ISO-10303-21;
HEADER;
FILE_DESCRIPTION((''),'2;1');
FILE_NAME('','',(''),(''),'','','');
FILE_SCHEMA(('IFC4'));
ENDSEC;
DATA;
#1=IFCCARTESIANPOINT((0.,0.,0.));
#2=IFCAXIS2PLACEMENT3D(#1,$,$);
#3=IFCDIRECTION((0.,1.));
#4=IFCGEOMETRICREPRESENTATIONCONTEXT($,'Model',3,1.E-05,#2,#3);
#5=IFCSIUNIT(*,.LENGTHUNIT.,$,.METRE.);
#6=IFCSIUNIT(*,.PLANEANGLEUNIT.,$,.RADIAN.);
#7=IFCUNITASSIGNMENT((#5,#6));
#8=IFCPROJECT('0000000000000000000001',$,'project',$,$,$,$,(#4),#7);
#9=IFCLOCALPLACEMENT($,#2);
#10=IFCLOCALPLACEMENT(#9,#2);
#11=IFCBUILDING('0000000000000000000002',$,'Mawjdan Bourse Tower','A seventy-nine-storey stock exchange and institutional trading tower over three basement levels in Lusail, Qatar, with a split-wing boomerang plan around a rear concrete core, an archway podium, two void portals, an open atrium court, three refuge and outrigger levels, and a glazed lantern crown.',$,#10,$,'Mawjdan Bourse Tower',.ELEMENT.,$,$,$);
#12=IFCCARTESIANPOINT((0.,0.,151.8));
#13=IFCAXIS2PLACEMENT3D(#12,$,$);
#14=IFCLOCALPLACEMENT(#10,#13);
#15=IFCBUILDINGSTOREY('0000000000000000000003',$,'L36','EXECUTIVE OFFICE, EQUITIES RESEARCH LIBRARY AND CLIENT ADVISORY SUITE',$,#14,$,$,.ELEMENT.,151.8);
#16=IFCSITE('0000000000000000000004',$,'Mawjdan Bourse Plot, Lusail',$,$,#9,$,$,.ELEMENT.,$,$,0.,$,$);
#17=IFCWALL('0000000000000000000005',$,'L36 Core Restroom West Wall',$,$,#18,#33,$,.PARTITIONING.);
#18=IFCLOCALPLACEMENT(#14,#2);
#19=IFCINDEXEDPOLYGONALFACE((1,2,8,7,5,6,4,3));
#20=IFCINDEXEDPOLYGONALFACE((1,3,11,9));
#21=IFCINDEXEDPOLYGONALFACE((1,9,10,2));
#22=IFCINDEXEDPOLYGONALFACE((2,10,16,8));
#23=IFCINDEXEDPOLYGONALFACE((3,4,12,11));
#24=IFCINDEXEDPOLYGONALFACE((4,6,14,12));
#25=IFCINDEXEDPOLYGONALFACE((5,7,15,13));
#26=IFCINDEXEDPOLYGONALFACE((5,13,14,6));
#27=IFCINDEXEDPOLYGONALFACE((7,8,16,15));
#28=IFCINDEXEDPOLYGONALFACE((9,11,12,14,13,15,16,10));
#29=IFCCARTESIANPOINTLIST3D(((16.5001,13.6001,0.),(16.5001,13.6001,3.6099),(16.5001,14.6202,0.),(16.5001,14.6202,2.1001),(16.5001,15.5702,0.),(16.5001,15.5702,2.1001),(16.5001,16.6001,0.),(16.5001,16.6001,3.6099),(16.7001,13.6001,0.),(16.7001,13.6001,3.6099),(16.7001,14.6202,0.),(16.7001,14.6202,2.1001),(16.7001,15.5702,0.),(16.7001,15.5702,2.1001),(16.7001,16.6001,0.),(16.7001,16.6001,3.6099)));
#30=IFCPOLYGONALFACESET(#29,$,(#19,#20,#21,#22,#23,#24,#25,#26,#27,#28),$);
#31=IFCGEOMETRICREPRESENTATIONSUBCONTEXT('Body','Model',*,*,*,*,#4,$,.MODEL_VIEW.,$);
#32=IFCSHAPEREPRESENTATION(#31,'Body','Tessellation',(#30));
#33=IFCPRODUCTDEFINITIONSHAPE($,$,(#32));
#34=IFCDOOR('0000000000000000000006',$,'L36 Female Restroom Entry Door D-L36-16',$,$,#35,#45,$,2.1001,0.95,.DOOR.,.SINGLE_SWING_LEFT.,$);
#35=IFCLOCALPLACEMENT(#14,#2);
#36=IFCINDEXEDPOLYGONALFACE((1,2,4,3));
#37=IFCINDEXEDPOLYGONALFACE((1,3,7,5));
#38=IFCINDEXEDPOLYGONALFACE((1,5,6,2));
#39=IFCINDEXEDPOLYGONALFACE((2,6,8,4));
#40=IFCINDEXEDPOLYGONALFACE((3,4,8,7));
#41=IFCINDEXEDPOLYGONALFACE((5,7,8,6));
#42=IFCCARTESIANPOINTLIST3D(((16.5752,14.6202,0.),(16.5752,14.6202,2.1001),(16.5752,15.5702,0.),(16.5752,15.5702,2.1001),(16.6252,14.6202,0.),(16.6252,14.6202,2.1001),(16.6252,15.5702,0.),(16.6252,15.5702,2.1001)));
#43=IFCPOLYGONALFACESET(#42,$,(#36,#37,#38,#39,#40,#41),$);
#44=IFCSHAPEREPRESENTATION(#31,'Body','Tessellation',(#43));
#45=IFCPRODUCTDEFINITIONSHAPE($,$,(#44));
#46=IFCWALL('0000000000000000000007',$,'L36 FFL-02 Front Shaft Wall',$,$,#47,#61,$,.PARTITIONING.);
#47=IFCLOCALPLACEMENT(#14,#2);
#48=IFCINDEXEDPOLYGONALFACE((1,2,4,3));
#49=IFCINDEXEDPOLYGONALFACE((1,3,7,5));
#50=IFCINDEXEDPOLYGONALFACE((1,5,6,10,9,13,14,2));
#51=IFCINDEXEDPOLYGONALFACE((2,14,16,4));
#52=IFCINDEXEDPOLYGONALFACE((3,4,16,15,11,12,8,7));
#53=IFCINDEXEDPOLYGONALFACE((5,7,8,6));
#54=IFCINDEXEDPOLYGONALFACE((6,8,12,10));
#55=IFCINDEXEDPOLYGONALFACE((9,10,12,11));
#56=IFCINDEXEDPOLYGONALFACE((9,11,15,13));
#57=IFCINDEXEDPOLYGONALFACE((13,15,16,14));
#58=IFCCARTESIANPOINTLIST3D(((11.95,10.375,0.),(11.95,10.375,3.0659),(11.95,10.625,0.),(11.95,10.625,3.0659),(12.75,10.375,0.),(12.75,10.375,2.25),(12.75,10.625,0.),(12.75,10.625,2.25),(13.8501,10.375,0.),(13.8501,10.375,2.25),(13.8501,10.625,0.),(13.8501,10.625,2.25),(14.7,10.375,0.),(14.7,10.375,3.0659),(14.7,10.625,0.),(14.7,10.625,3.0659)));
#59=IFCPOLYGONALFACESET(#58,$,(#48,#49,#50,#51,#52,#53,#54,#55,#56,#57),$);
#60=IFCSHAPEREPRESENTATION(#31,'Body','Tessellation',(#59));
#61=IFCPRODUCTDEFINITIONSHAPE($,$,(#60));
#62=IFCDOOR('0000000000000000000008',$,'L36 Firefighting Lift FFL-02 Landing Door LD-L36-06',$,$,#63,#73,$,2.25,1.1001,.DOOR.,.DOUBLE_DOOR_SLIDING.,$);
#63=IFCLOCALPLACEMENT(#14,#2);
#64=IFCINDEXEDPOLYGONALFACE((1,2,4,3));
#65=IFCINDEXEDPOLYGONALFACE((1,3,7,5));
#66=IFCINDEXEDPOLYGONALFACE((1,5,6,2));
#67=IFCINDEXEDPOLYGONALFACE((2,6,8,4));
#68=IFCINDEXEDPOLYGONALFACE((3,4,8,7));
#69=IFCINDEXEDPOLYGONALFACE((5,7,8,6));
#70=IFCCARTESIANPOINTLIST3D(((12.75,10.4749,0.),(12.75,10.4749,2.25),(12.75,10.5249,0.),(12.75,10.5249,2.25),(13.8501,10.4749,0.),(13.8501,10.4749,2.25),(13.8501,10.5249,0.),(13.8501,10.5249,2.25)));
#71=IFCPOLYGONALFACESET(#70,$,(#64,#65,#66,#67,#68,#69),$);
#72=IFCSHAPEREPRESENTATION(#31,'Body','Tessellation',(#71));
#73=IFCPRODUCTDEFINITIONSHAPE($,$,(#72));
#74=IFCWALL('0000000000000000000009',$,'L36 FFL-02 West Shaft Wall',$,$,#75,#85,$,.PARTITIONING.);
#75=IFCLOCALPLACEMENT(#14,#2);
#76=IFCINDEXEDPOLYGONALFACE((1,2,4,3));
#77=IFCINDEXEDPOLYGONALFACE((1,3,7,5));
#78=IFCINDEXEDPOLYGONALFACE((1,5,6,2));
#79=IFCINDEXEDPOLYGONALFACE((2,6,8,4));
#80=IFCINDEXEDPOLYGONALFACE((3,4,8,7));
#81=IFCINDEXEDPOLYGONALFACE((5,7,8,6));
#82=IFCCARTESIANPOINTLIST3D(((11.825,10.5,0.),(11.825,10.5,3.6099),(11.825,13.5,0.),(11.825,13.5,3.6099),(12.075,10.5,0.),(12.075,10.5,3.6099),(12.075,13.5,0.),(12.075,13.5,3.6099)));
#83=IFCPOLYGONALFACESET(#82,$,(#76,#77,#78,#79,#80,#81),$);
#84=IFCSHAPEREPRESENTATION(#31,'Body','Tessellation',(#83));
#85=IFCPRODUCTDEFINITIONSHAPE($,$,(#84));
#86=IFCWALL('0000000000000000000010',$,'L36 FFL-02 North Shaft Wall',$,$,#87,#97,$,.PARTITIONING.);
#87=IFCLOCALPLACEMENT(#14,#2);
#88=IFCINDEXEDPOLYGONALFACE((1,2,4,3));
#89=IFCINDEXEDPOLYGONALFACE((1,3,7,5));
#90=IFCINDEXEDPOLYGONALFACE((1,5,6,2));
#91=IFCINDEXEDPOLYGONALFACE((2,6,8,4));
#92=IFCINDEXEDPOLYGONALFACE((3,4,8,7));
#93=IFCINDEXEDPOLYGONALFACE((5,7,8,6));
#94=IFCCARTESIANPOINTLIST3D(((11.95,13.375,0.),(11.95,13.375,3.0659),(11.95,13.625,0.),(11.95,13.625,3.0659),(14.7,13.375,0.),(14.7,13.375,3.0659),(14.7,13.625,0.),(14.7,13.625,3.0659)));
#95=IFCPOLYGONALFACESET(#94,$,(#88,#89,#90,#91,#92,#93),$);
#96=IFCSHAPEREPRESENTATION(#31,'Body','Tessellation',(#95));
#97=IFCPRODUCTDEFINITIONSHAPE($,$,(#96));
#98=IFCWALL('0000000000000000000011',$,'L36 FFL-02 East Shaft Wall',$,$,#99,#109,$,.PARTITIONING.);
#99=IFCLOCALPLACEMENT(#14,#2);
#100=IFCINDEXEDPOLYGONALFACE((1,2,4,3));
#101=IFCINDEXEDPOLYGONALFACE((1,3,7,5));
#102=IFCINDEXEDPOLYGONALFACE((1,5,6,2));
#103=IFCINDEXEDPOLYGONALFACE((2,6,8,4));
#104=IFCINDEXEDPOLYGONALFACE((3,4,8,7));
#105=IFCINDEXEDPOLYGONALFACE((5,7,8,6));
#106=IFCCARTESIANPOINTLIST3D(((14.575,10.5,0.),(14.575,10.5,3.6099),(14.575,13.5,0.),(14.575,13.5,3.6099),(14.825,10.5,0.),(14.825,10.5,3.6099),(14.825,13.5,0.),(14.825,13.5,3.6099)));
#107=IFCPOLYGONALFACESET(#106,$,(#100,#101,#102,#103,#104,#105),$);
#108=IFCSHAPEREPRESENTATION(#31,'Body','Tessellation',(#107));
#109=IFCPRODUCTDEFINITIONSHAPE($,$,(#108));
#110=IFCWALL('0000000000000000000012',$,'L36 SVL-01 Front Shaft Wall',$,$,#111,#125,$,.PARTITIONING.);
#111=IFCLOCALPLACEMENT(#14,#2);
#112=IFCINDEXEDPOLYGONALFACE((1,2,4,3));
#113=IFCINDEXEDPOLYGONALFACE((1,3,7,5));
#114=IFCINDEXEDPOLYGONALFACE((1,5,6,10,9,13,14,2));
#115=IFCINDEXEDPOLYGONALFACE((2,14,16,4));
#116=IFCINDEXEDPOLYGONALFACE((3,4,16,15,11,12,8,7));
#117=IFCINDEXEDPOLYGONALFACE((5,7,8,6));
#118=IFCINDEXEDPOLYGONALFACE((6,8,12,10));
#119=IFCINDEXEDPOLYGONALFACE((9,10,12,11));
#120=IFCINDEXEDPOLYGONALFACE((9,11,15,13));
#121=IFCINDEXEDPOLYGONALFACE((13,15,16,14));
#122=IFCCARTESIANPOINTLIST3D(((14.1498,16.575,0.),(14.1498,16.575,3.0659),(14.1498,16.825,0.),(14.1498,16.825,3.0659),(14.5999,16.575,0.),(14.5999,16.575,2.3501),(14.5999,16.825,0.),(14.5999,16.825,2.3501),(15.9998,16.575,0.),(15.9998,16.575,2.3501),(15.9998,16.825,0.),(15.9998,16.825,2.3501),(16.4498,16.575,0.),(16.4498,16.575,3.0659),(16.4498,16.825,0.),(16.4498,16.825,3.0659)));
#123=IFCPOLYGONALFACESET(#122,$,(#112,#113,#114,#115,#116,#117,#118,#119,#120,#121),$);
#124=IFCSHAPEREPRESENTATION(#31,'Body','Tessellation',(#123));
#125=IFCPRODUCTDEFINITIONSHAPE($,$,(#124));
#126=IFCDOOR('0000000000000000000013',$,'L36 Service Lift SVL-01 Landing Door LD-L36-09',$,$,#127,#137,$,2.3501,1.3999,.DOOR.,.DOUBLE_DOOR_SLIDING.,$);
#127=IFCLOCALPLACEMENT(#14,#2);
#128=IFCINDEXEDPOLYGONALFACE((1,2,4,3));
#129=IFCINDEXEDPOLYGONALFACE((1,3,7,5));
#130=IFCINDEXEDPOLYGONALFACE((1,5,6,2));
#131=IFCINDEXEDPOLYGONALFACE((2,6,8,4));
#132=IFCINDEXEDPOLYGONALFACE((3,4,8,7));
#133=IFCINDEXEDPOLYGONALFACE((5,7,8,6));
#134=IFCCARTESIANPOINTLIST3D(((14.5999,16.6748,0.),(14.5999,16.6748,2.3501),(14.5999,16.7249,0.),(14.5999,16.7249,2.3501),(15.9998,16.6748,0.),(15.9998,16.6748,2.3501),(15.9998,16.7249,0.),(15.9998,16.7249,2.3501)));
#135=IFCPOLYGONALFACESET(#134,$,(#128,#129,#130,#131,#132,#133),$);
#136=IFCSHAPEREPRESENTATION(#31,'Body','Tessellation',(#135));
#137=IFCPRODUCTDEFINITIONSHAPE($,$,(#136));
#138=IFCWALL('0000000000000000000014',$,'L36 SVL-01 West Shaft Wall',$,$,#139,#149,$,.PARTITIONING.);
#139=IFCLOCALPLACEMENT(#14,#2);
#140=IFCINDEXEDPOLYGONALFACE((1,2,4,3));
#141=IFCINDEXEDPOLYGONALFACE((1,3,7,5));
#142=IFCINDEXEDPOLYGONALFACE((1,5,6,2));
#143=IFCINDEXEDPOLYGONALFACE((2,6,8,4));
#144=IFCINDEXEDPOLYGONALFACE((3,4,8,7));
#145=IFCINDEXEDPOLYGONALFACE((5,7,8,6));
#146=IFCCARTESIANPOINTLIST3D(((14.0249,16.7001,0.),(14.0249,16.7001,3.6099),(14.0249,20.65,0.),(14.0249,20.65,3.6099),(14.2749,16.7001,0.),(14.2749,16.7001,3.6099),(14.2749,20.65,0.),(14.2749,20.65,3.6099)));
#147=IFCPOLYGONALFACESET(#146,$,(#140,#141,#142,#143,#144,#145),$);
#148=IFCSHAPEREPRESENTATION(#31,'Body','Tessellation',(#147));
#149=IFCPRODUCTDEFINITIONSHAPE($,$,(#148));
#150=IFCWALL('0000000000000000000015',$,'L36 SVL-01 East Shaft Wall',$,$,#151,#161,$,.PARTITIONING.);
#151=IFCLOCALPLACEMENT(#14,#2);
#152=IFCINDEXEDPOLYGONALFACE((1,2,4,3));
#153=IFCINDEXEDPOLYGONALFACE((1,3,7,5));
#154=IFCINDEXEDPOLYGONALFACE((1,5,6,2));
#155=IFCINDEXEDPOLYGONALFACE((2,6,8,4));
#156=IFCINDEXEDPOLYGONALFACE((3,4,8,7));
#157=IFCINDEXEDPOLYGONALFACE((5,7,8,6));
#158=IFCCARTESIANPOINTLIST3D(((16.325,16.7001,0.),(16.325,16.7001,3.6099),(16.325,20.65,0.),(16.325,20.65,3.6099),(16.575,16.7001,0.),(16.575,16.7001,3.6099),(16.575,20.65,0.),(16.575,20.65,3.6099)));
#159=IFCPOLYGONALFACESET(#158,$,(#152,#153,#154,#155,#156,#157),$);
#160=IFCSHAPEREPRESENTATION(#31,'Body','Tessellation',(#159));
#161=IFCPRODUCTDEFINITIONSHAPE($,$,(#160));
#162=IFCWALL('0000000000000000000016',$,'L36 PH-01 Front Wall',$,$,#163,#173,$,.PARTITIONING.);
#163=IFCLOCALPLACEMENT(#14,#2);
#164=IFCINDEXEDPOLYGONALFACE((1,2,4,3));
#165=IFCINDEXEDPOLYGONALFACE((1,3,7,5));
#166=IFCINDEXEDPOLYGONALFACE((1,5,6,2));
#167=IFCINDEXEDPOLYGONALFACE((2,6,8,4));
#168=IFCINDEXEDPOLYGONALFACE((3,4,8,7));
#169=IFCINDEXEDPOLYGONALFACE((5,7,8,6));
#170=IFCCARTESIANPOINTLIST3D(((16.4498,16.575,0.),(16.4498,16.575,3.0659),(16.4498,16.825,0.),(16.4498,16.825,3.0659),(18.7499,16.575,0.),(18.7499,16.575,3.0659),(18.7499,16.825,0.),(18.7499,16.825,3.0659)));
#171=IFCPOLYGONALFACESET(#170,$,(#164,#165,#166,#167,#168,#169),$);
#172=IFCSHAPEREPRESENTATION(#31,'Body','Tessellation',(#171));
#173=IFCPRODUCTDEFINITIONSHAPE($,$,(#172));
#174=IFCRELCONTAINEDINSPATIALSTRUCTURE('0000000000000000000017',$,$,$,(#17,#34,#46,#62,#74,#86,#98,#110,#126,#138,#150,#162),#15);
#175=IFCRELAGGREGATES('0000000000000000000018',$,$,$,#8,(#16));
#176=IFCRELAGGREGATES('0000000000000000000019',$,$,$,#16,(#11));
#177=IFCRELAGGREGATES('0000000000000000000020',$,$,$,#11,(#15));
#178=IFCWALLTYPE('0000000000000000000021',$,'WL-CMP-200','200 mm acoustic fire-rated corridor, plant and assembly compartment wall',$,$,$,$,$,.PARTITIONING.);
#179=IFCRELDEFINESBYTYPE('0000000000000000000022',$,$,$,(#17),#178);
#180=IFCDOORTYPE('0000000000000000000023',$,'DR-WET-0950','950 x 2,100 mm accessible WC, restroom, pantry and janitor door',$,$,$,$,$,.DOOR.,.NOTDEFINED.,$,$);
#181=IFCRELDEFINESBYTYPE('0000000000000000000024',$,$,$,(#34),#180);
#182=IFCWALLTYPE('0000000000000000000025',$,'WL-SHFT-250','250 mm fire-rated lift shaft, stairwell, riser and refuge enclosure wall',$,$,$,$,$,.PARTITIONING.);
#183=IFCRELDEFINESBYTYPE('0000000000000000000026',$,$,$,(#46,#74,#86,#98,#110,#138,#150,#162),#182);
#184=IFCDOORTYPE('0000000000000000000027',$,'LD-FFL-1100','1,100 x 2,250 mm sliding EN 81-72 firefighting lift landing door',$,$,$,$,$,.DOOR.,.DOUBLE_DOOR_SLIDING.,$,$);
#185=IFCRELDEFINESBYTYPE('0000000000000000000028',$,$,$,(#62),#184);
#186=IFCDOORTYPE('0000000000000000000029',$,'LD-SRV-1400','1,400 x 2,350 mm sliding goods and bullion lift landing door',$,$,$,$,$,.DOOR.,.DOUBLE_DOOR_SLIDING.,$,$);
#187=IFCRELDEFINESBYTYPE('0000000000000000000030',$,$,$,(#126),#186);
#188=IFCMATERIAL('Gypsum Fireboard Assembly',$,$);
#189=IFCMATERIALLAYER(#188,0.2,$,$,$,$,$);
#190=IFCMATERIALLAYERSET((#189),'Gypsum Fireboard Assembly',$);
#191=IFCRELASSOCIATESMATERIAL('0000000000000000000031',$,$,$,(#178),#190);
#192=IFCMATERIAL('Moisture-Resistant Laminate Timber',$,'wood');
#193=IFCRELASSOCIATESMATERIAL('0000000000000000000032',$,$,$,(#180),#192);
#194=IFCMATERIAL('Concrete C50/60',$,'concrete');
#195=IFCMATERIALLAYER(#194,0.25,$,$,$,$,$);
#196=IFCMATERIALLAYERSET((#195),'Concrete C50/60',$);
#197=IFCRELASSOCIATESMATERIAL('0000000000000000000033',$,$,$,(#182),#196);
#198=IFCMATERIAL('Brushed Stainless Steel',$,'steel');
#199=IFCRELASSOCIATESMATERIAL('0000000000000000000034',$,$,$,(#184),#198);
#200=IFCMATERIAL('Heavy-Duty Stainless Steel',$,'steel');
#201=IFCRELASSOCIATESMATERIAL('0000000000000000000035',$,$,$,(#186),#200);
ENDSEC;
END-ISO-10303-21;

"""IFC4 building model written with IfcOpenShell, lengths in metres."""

from ifc_helpers import new_model, si_unit, direction, frame, frame_2d, origin, place, context, subcontext, project, spatial, rectangle, extrude, material, layer, layer_set, type_object, element, fill, save


model = new_model("IFC4")

# Units and contexts
model_context = context("Model", 3, precision=1e-05, world=origin(), true_north=direction((0.0, 1.0)))
body_context = subcontext(model_context, "Body", "Model", "MODEL_VIEW")
ifc_project = project(units=[si_unit("LENGTHUNIT", "METRE"), si_unit("PLANEANGLEUNIT", "RADIAN")], contexts=[model_context])

# Site, building, storey
site_placement = place(None, origin())
site = spatial("IfcSite", under=ifc_project, at=site_placement, Name="Mawjdan Bourse Plot, Lusail", CompositionType="ELEMENT", RefElevation=0.0)
building_placement = place(site_placement, origin())
building = spatial("IfcBuilding", under=site, at=building_placement, Name="Mawjdan Bourse Tower", Description="A seventy-nine-storey stock exchange and institutional trading tower over three basement levels in Lusail, Qatar, with a split-wing boomerang plan around a rear concrete core, an archway podium, two void portals, an open atrium court, three refuge and outrigger levels, and a glazed lantern crown.", LongName="Mawjdan Bourse Tower", CompositionType="ELEMENT")
storey_placement = place(building_placement, frame((0.0, 0.0, 151.8)))
storey = spatial("IfcBuildingStorey", under=building, at=storey_placement, Name="L36", Description="EXECUTIVE OFFICE, EQUITIES RESEARCH LIBRARY AND CLIENT ADVISORY SUITE", CompositionType="ELEMENT", Elevation=151.8)

# Walls, openings, doors
ifc_material_1 = material(Name="Gypsum Fireboard Assembly")
ifc_layer_1 = layer(ifc_material_1, 0.2)
ifc_layer_set_1 = layer_set([ifc_layer_1], Name="Gypsum Fireboard Assembly")
wall_type_1 = type_object("IfcWallType", Name="WL-CMP-200", Description="200 mm acoustic fire-rated corridor, plant and assembly compartment wall", PredefinedType="PARTITIONING", material=ifc_layer_set_1)
wall_1_placement = place(storey_placement, frame((16.6001, 13.6001, 0.0), z_axis=(0.0, 0.0, 1.0), x_axis=(0.0, 1.0, 0.0)))
wall_1 = element("IfcWall", 1, at=wall_1_placement, inside=storey, type_object=wall_type_1, Name="L36 Core Restroom West Wall", PredefinedType="PARTITIONING", context=body_context, shape_type="SweptSolid", body=[
    extrude(rectangle(XDim=3.0, YDim=0.2, at=frame_2d((1.5, 0.0))), origin(), (0.0, 0.0, 1.0), 3.6099),
])
opening_1_placement = place(wall_1_placement, frame((1.02, 0.0, 0.0)))
opening_1 = element("IfcOpeningElement", 2, at=opening_1_placement, cuts=wall_1, PredefinedType="OPENING", context=body_context, shape_type="SweptSolid", body=[
    extrude(rectangle(XDim=0.95, YDim=2.1001, at=frame_2d((0.4751, 1.05))), frame((0.0, 0.1099, 0.0), z_axis=(0.0, -1.0, 0.0), x_axis=(1.0, 0.0, 0.0)), (0.0, 0.0, 1.0), 0.22),
])
ifc_material_2 = material(Name="Moisture-Resistant Laminate Timber", Category="wood")
door_type_1 = type_object("IfcDoorType", Name="DR-WET-0950", Description="950 x 2,100 mm accessible WC, restroom, pantry and janitor door", OperationType="NOTDEFINED", PredefinedType="DOOR", material=ifc_material_2)
door_1_placement = place(opening_1_placement, origin())
door_1 = element("IfcDoor", 3, at=door_1_placement, inside=storey, type_object=door_type_1, Name="L36 Female Restroom Entry Door D-L36-16", OperationType="SINGLE_SWING_LEFT", OverallHeight=2.1001, OverallWidth=0.95, PredefinedType="DOOR", context=body_context, shape_type="SweptSolid", body=[
    extrude(rectangle(XDim=0.95, YDim=2.1001, at=frame_2d((0.4751, 1.05))), frame((0.0, 0.0249, 0.0), z_axis=(0.0, -1.0, 0.0), x_axis=(1.0, 0.0, 0.0)), (0.0, 0.0, 1.0), 0.05),
])
fill(opening_1, door_1)
ifc_material_3 = material(Name="Concrete C50/60", Category="concrete")
ifc_layer_2 = layer(ifc_material_3, 0.25)
ifc_layer_set_2 = layer_set([ifc_layer_2], Name="Concrete C50/60")
wall_type_2 = type_object("IfcWallType", Name="WL-SHFT-250", Description="250 mm fire-rated lift shaft, stairwell, riser and refuge enclosure wall", PredefinedType="PARTITIONING", material=ifc_layer_set_2)
wall_2_placement = place(storey_placement, frame((11.95, 10.5, 0.0), z_axis=(0.0, 0.0, 1.0), x_axis=(1.0, 0.0, 0.0)))
wall_2 = element("IfcWall", 4, at=wall_2_placement, inside=storey, type_object=wall_type_2, Name="L36 FFL-02 Front Shaft Wall", PredefinedType="PARTITIONING", context=body_context, shape_type="SweptSolid", body=[
    extrude(rectangle(XDim=2.75, YDim=0.25, at=frame_2d((1.375, 0.0))), origin(), (0.0, 0.0, 1.0), 3.0659),
])
opening_2_placement = place(wall_2_placement, frame((0.8, 0.0, 0.0)))
opening_2 = element("IfcOpeningElement", 5, at=opening_2_placement, cuts=wall_2, PredefinedType="OPENING", context=body_context, shape_type="SweptSolid", body=[
    extrude(rectangle(XDim=1.1001, YDim=2.25, at=frame_2d((0.55, 1.125))), frame((0.0, 0.135, 0.0), z_axis=(0.0, -1.0, 0.0), x_axis=(1.0, 0.0, 0.0)), (0.0, 0.0, 1.0), 0.27),
])
ifc_material_4 = material(Name="Brushed Stainless Steel", Category="steel")
door_type_2 = type_object("IfcDoorType", Name="LD-FFL-1100", Description="1,100 x 2,250 mm sliding EN 81-72 firefighting lift landing door", OperationType="DOUBLE_DOOR_SLIDING", PredefinedType="DOOR", material=ifc_material_4)
door_2_placement = place(opening_2_placement, origin())
door_2 = element("IfcDoor", 6, at=door_2_placement, inside=storey, type_object=door_type_2, Name="L36 Firefighting Lift FFL-02 Landing Door LD-L36-06", OperationType="DOUBLE_DOOR_SLIDING", OverallHeight=2.25, OverallWidth=1.1001, PredefinedType="DOOR", context=body_context, shape_type="SweptSolid", body=[
    extrude(rectangle(XDim=1.1001, YDim=2.25, at=frame_2d((0.55, 1.125))), frame((0.0, 0.0249, 0.0), z_axis=(0.0, -1.0, 0.0), x_axis=(1.0, 0.0, 0.0)), (0.0, 0.0, 1.0), 0.05),
])
fill(opening_2, door_2)

# Walls
wall_3_placement = place(storey_placement, frame((11.95, 10.5, 0.0), z_axis=(0.0, 0.0, 1.0), x_axis=(0.0, 1.0, 0.0)))
element("IfcWall", 7, at=wall_3_placement, inside=storey, type_object=wall_type_2, Name="L36 FFL-02 West Shaft Wall", PredefinedType="PARTITIONING", context=body_context, shape_type="SweptSolid", body=[
    extrude(rectangle(XDim=3.0, YDim=0.25, at=frame_2d((1.5, 0.0))), origin(), (0.0, 0.0, 1.0), 3.6099),
])
wall_4_placement = place(storey_placement, frame((11.95, 13.5, 0.0), z_axis=(0.0, 0.0, 1.0), x_axis=(1.0, 0.0, 0.0)))
element("IfcWall", 8, at=wall_4_placement, inside=storey, type_object=wall_type_2, Name="L36 FFL-02 North Shaft Wall", PredefinedType="PARTITIONING", context=body_context, shape_type="SweptSolid", body=[
    extrude(rectangle(XDim=2.75, YDim=0.25, at=frame_2d((1.375, 0.0))), origin(), (0.0, 0.0, 1.0), 3.0659),
])
wall_5_placement = place(storey_placement, frame((14.7, 10.5, 0.0), z_axis=(0.0, 0.0, 1.0), x_axis=(0.0, 1.0, 0.0)))
element("IfcWall", 9, at=wall_5_placement, inside=storey, type_object=wall_type_2, Name="L36 FFL-02 East Shaft Wall", PredefinedType="PARTITIONING", context=body_context, shape_type="SweptSolid", body=[
    extrude(rectangle(XDim=3.0, YDim=0.25, at=frame_2d((1.5, 0.0))), origin(), (0.0, 0.0, 1.0), 3.6099),
])

# Wall, opening, door
wall_6_placement = place(storey_placement, frame((14.1499, 16.7, 0.0), z_axis=(0.0, 0.0, 1.0), x_axis=(1.0, 0.0, 0.0)))
wall_6 = element("IfcWall", 10, at=wall_6_placement, inside=storey, type_object=wall_type_2, Name="L36 SVL-01 Front Shaft Wall", PredefinedType="PARTITIONING", context=body_context, shape_type="SweptSolid", body=[
    extrude(rectangle(XDim=2.3, YDim=0.25, at=frame_2d((1.1499, 0.0))), origin(), (0.0, 0.0, 1.0), 3.0659),
])
opening_3_placement = place(wall_6_placement, frame((0.45, 0.0, 0.0)))
opening_3 = element("IfcOpeningElement", 11, at=opening_3_placement, cuts=wall_6, PredefinedType="OPENING", context=body_context, shape_type="SweptSolid", body=[
    extrude(rectangle(XDim=1.3999, YDim=2.3501, at=frame_2d((0.7, 1.175))), frame((0.0, 0.135, 0.0), z_axis=(0.0, -1.0, 0.0), x_axis=(1.0, 0.0, 0.0)), (0.0, 0.0, 1.0), 0.27),
])
ifc_material_5 = material(Name="Heavy-Duty Stainless Steel", Category="steel")
door_type_3 = type_object("IfcDoorType", Name="LD-SRV-1400", Description="1,400 x 2,350 mm sliding goods and bullion lift landing door", OperationType="DOUBLE_DOOR_SLIDING", PredefinedType="DOOR", material=ifc_material_5)
door_3_placement = place(opening_3_placement, origin())
door_3 = element("IfcDoor", 12, at=door_3_placement, inside=storey, type_object=door_type_3, Name="L36 Service Lift SVL-01 Landing Door LD-L36-09", OperationType="DOUBLE_DOOR_SLIDING", OverallHeight=2.3501, OverallWidth=1.3999, PredefinedType="DOOR", context=body_context, shape_type="SweptSolid", body=[
    extrude(rectangle(XDim=1.3999, YDim=2.3501, at=frame_2d((0.7, 1.175))), frame((0.0, 0.0249, 0.0), z_axis=(0.0, -1.0, 0.0), x_axis=(1.0, 0.0, 0.0)), (0.0, 0.0, 1.0), 0.05),
])
fill(opening_3, door_3)

# Walls
for number, where, z_axis, x_axis, name in (
    (13, (14.1499, 16.7, 0.0), (0.0, 0.0, 1.0), (0.0, 1.0, 0.0), "L36 SVL-01 West Shaft Wall"),
    (14, (16.45, 16.7, 0.0), (0.0, 0.0, 1.0), (0.0, 1.0, 0.0), "L36 SVL-01 East Shaft Wall"),
):
    element("IfcWall", number, at=place(storey_placement, frame(where, z_axis=z_axis, x_axis=x_axis)), inside=storey, type_object=wall_type_2, Name=name, PredefinedType="PARTITIONING", context=body_context, shape_type="SweptSolid", body=[
        extrude(rectangle(XDim=3.95, YDim=0.25, at=frame_2d((1.9751, 0.0))), origin(), (0.0, 0.0, 1.0), 3.6099),
    ])
wall_7_placement = place(storey_placement, frame((16.45, 16.7, 0.0), z_axis=(0.0, 0.0, 1.0), x_axis=(1.0, 0.0, 0.0)))
element("IfcWall", 15, at=wall_7_placement, inside=storey, type_object=wall_type_2, Name="L36 PH-01 Front Wall", PredefinedType="PARTITIONING", context=body_context, shape_type="SweptSolid", body=[
    extrude(rectangle(XDim=2.3, YDim=0.25, at=frame_2d((1.1499, 0.0))), origin(), (0.0, 0.0, 1.0), 3.0659),
])

save(model, "model.ifc")
